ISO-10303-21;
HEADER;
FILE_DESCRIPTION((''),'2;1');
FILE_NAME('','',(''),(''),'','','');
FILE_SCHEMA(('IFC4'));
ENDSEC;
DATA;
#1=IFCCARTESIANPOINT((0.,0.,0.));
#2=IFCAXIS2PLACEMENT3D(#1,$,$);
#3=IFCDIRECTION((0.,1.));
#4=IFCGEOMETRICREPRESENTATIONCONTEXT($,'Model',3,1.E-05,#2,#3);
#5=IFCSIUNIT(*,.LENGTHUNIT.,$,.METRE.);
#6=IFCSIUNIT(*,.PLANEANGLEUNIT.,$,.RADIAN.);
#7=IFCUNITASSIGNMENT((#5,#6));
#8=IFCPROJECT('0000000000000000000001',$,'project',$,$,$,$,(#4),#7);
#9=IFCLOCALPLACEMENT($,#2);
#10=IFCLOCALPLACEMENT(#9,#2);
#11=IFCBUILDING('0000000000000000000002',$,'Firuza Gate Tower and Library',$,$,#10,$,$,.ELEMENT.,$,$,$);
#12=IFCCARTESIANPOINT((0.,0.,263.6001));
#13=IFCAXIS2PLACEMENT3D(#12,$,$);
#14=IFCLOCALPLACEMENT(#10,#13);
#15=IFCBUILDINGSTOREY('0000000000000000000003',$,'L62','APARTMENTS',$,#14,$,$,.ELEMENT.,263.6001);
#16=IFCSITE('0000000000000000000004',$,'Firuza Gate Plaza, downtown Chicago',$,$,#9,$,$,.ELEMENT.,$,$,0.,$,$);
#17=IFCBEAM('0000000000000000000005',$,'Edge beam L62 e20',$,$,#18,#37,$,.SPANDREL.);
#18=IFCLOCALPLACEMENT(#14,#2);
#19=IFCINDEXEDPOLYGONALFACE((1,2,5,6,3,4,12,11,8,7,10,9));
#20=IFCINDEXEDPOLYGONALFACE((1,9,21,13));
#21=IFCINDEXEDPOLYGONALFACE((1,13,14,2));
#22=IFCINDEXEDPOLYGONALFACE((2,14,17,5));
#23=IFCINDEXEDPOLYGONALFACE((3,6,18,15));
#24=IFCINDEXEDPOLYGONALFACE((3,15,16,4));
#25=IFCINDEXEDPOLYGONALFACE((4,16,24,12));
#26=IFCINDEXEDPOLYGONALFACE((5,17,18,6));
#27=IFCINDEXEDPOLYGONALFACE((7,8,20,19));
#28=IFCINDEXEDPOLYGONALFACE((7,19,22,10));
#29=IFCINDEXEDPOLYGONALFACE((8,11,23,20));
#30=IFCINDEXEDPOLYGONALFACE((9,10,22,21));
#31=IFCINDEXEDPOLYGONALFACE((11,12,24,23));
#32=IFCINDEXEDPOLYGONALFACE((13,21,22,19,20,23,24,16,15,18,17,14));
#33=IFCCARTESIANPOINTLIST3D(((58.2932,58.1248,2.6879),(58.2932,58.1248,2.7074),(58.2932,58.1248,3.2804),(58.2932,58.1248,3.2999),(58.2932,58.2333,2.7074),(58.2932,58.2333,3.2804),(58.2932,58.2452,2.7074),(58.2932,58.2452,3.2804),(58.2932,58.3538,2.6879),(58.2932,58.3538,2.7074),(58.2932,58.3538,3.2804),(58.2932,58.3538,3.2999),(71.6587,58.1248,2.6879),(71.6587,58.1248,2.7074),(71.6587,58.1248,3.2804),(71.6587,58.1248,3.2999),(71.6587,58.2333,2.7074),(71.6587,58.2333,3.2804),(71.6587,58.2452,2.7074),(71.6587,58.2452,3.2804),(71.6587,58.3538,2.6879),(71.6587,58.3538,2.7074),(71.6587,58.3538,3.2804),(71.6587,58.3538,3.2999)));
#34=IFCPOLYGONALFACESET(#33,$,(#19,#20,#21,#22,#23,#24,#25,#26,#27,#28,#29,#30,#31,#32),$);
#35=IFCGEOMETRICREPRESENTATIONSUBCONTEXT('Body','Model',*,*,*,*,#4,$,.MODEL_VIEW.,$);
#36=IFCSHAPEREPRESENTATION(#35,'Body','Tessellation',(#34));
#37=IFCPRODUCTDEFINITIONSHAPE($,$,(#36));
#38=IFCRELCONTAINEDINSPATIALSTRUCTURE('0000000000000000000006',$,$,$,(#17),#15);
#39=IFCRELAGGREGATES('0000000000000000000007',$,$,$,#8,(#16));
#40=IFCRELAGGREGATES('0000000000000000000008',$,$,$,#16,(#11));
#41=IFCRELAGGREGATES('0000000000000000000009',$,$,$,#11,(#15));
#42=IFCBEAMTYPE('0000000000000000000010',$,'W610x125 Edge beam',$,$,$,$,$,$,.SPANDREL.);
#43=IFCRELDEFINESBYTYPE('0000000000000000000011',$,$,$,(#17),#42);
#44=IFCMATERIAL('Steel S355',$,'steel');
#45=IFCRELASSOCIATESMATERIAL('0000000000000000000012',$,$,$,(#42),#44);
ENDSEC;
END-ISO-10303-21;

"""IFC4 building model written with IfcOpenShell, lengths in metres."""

from ifc_helpers import new_model, si_unit, direction, frame, origin, origin_2d, place, context, subcontext, project, spatial, i_section, extrude, material, material_profile, profile_set, type_object, element, save


model = new_model("IFC4")

# Units and contexts
model_context = context("Model", 3, precision=1e-05, world=origin(), true_north=direction((0.0, 1.0)))
body_context = subcontext(model_context, "Body", "Model", "MODEL_VIEW")
ifc_project = project(units=[si_unit("LENGTHUNIT", "METRE"), si_unit("PLANEANGLEUNIT", "RADIAN")], contexts=[model_context])

# Site, building, storey
site_placement = place(None, origin())
site = spatial("IfcSite", under=ifc_project, at=site_placement, Name="Firuza Gate Plaza, downtown Chicago", CompositionType="ELEMENT", RefElevation=0.0)
building_placement = place(site_placement, origin())
building = spatial("IfcBuilding", under=site, at=building_placement, Name="Firuza Gate Tower and Library", CompositionType="ELEMENT")
storey_placement = place(building_placement, frame((0.0, 0.0, 263.6001)))
storey = spatial("IfcBuildingStorey", under=building, at=storey_placement, Name="L62", Description="APARTMENTS", CompositionType="ELEMENT", Elevation=263.6001)

# Beam
ifc_material_1 = material(Name="Steel S355", Category="steel")
ifc_material_profile_1 = material_profile(ifc_material_1, i_section(OverallWidth=0.229, OverallDepth=0.6121, WebThickness=0.012, FlangeThickness=0.0195, at=origin_2d()))
ifc_profile_set_1 = profile_set([ifc_material_profile_1], Name="Steel S355")
beam_type_1 = type_object("IfcBeamType", Name="W610x125 Edge beam", PredefinedType="SPANDREL", material=ifc_profile_set_1)
beam_1_placement = place(storey_placement, frame((58.2932, 58.2393, 2.9939), z_axis=(1.0, 0.0, 0.0), x_axis=(0.0, 1.0, 0.0)))
element("IfcBeam", 1, at=beam_1_placement, inside=storey, type_object=beam_type_1, Name="Edge beam L62 e20", PredefinedType="SPANDREL", context=body_context, shape_type="SweptSolid", body=[
    extrude(i_section(OverallWidth=0.229, OverallDepth=0.6121, WebThickness=0.012, FlangeThickness=0.0195, at=origin_2d()), origin(), (0.0, 0.0, 1.0), 13.3655),
])

save(model, "model.ifc")
